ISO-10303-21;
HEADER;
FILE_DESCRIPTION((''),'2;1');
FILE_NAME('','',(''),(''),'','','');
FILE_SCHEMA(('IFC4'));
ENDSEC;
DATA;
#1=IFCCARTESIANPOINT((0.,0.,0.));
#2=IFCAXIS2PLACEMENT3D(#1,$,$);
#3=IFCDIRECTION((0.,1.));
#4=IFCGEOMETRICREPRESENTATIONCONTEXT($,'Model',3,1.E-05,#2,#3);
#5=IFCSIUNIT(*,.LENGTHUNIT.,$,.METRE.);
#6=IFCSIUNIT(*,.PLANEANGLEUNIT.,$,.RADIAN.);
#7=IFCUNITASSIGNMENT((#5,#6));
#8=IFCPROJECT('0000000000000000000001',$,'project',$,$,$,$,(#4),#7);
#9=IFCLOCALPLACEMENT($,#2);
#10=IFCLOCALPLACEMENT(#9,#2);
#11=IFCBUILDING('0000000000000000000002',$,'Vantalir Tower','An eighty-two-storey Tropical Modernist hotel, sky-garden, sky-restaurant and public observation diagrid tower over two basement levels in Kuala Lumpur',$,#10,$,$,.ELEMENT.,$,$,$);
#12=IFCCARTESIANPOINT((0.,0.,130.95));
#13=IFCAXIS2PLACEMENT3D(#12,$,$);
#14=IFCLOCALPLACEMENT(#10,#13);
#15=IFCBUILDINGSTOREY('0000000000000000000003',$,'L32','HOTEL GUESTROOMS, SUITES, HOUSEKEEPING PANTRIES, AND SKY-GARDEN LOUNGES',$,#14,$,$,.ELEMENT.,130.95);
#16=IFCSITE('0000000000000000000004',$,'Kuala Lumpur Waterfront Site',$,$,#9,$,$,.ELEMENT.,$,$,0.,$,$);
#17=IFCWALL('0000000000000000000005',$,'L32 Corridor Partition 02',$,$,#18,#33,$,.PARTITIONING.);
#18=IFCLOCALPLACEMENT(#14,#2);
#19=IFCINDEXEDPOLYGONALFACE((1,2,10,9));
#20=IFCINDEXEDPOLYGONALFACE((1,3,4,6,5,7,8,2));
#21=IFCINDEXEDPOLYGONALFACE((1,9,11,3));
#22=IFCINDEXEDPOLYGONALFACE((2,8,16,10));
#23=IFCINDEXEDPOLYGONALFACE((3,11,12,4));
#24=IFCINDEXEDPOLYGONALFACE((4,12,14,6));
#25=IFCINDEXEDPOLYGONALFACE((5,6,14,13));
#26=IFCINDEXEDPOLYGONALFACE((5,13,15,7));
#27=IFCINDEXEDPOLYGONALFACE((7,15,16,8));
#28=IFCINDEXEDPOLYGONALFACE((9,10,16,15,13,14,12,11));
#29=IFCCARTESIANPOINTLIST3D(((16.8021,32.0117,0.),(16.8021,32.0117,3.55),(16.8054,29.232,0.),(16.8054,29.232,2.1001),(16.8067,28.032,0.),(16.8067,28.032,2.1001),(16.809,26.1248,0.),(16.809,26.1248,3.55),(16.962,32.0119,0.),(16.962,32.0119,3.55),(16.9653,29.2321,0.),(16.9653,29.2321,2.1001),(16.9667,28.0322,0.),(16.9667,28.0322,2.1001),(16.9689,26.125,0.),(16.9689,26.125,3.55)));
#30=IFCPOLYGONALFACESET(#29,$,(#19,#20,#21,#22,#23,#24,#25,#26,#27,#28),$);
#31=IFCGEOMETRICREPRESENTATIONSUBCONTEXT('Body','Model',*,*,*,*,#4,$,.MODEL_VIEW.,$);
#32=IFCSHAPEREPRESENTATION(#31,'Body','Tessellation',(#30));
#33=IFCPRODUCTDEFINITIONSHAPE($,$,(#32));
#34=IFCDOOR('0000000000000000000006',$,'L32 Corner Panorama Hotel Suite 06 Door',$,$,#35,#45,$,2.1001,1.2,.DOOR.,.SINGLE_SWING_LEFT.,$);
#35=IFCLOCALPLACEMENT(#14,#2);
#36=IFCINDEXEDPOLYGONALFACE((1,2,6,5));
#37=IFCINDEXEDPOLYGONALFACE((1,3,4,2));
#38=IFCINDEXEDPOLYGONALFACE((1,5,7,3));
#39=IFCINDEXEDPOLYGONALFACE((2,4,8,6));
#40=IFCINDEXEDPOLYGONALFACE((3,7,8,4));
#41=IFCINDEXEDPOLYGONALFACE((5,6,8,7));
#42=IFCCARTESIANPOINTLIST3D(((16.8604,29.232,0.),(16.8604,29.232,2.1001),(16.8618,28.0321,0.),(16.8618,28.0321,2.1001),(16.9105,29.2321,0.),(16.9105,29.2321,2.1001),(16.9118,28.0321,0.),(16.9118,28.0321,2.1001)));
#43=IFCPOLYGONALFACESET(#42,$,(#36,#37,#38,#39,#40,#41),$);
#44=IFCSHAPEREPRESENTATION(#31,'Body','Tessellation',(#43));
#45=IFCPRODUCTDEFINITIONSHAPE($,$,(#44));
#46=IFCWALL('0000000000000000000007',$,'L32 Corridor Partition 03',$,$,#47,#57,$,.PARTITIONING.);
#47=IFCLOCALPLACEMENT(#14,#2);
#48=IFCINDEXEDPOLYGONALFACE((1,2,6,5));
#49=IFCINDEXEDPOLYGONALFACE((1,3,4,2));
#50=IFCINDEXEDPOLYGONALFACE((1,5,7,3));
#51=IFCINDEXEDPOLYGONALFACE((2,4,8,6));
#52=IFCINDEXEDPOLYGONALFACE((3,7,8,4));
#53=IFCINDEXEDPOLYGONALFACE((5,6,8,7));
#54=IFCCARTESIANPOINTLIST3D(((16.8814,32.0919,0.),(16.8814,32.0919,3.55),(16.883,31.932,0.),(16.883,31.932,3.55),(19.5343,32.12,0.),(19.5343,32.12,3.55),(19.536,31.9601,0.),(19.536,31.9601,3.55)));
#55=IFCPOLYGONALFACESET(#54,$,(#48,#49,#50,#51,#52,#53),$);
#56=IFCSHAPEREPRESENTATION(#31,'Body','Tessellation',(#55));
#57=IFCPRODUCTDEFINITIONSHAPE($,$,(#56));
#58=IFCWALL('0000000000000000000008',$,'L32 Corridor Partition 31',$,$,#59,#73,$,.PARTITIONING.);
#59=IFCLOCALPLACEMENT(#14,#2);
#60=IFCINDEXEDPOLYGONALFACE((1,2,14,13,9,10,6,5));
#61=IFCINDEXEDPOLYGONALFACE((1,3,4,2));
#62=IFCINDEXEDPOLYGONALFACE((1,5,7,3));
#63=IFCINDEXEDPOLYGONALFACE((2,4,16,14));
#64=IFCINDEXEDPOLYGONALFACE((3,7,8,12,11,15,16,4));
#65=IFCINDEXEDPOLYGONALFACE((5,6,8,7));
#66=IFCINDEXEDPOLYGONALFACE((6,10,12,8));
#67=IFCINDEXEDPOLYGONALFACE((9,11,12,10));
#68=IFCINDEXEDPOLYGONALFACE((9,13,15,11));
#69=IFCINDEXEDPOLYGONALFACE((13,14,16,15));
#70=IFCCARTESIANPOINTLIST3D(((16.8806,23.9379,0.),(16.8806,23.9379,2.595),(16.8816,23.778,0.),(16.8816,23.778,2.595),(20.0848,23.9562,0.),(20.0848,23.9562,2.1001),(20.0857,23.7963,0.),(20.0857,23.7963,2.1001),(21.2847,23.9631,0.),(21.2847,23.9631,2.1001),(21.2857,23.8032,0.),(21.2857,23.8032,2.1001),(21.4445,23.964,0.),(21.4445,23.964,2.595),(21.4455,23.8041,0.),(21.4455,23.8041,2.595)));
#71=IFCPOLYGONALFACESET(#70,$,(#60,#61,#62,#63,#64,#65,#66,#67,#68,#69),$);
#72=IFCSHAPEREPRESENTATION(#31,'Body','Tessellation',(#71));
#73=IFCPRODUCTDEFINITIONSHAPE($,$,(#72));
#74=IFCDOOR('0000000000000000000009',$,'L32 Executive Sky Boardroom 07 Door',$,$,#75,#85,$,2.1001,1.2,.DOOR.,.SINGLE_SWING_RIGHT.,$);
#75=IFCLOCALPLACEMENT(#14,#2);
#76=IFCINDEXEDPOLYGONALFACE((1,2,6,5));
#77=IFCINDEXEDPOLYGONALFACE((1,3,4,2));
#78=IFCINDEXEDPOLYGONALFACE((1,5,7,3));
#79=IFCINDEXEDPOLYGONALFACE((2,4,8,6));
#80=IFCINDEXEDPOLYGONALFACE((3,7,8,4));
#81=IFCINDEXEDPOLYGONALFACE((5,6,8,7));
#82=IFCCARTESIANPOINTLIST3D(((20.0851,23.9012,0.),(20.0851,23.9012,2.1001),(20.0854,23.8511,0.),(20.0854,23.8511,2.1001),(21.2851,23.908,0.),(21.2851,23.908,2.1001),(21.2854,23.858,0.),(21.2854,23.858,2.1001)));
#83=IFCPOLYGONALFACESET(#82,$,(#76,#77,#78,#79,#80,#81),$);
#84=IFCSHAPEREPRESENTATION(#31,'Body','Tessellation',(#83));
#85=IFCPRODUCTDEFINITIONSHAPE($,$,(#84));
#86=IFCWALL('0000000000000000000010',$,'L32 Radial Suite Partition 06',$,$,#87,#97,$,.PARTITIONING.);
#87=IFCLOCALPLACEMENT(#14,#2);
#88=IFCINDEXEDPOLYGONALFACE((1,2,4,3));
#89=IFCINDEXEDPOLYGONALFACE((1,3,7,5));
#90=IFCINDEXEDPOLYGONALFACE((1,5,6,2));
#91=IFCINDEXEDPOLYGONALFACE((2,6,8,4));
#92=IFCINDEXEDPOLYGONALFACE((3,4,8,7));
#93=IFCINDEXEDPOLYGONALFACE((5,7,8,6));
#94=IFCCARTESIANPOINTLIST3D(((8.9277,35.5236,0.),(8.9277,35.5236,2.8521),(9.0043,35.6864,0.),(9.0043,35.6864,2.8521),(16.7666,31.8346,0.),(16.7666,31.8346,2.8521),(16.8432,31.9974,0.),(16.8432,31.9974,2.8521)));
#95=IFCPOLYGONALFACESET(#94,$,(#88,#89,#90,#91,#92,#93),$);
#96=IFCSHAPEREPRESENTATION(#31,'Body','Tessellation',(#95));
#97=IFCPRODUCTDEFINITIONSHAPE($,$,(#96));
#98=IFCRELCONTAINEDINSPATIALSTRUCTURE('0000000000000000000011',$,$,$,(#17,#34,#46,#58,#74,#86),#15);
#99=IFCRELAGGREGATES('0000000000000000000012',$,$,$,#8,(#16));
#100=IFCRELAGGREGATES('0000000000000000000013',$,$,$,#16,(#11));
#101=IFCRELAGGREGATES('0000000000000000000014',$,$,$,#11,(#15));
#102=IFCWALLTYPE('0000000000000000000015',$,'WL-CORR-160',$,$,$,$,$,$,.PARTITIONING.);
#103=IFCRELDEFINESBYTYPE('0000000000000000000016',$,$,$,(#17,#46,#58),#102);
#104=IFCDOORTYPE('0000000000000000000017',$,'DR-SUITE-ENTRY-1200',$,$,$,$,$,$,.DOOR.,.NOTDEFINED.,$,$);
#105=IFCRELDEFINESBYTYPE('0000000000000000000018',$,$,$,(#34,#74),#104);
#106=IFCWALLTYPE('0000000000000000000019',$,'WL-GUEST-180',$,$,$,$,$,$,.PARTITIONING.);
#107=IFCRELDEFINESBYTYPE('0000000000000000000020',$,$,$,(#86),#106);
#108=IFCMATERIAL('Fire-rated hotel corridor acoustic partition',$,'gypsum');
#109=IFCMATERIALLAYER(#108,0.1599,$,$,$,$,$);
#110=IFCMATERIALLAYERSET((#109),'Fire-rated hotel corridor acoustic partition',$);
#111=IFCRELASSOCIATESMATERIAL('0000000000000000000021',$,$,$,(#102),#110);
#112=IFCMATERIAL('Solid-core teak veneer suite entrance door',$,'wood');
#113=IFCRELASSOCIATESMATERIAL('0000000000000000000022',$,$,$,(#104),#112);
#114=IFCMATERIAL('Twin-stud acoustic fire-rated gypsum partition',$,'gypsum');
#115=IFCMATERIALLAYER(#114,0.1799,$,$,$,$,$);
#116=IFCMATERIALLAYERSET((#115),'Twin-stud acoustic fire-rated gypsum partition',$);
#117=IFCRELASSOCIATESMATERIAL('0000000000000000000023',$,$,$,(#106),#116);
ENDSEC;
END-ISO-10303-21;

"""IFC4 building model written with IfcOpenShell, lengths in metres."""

from ifc_helpers import new_model, si_unit, direction, frame, frame_2d, origin, place, context, subcontext, project, spatial, rectangle, extrude, material, layer, layer_set, type_object, element, fill, save


model = new_model("IFC4")

# Units and contexts
model_context = context("Model", 3, precision=1e-05, world=origin(), true_north=direction((0.0, 1.0)))
body_context = subcontext(model_context, "Body", "Model", "MODEL_VIEW")
ifc_project = project(units=[si_unit("LENGTHUNIT", "METRE"), si_unit("PLANEANGLEUNIT", "RADIAN")], contexts=[model_context])

# Site, building, storey
site_placement = place(None, origin())
site = spatial("IfcSite", under=ifc_project, at=site_placement, Name="Kuala Lumpur Waterfront Site", CompositionType="ELEMENT", RefElevation=0.0)
building_placement = place(site_placement, origin())
building = spatial("IfcBuilding", under=site, at=building_placement, Name="Vantalir Tower", Description="An eighty-two-storey Tropical Modernist hotel, sky-garden, sky-restaurant and public observation diagrid tower over two basement levels in Kuala Lumpur", CompositionType="ELEMENT")
storey_placement = place(building_placement, frame((0.0, 0.0, 130.95)))
storey = spatial("IfcBuildingStorey", under=building, at=storey_placement, Name="L32", Description="HOTEL GUESTROOMS, SUITES, HOUSEKEEPING PANTRIES, AND SKY-GARDEN LOUNGES", CompositionType="ELEMENT", Elevation=130.95)

# Wall, opening, door
ifc_material_1 = material(Name="Fire-rated hotel corridor acoustic partition", Category="gypsum")
ifc_layer_1 = layer(ifc_material_1, 0.1599)
ifc_layer_set_1 = layer_set([ifc_layer_1], Name="Fire-rated hotel corridor acoustic partition")
wall_type_1 = type_object("IfcWallType", Name="WL-CORR-160", PredefinedType="PARTITIONING", material=ifc_layer_set_1)
wall_1_placement = place(storey_placement, frame((16.8889, 26.125, 0.0), z_axis=(0.0, 0.0, 1.0), x_axis=(-0.001161, 0.999999, 0.0)))
wall_1 = element("IfcWall", 1, at=wall_1_placement, inside=storey, type_object=wall_type_1, Name="L32 Corridor Partition 02", PredefinedType="PARTITIONING", context=body_context, shape_type="SweptSolid", body=[
    extrude(rectangle(XDim=5.887, YDim=0.1599, at=frame_2d((2.9434, 0.0))), origin(), (0.0, 0.0, 1.0), 3.55),
])
opening_1_placement = place(wall_1_placement, frame((1.907, 0.0, 0.0)))
opening_1 = element("IfcOpeningElement", 2, at=opening_1_placement, cuts=wall_1, PredefinedType="OPENING", context=body_context, shape_type="SweptSolid", body=[
    extrude(rectangle(XDim=1.2, YDim=2.1001, at=frame_2d((0.6001, 1.05))), frame((0.0, 0.0898, 0.0), z_axis=(0.0, -1.0, 0.0), x_axis=(1.0, 0.0, 0.0)), (0.0, 0.0, 1.0), 0.1799),
])
ifc_material_2 = material(Name="Solid-core teak veneer suite entrance door", Category="wood")
door_type_1 = type_object("IfcDoorType", Name="DR-SUITE-ENTRY-1200", OperationType="NOTDEFINED", PredefinedType="DOOR", material=ifc_material_2)
door_1_placement = place(opening_1_placement, origin())
door_1 = element("IfcDoor", 3, at=door_1_placement, inside=storey, type_object=door_type_1, Name="L32 Corner Panorama Hotel Suite 06 Door", OperationType="SINGLE_SWING_LEFT", OverallHeight=2.1001, OverallWidth=1.2, PredefinedType="DOOR", context=body_context, shape_type="SweptSolid", body=[
    extrude(rectangle(XDim=1.2, YDim=2.1001, at=frame_2d((0.6001, 1.05))), frame((0.0, 0.0249, 0.0), z_axis=(0.0, -1.0, 0.0), x_axis=(1.0, 0.0, 0.0)), (0.0, 0.0, 1.0), 0.05),
])
fill(opening_1, door_1)

# Wall
wall_2_placement = place(storey_placement, frame((16.8821, 32.012, 0.0), z_axis=(0.0, 0.0, 1.0), x_axis=(0.999944, 0.010583, 0.0)))
element("IfcWall", 4, at=wall_2_placement, inside=storey, type_object=wall_type_1, Name="L32 Corridor Partition 03", PredefinedType="PARTITIONING", context=body_context, shape_type="SweptSolid", body=[
    extrude(rectangle(XDim=2.6531, YDim=0.1599, at=frame_2d((1.3267, 0.0))), origin(), (0.0, 0.0, 1.0), 3.55),
])

# Wall, opening, door
wall_3_placement = place(storey_placement, frame((16.8811, 23.8579, 0.0), z_axis=(0.0, 0.0, 1.0), x_axis=(0.999984, 0.005724, 0.0)))
wall_3 = element("IfcWall", 5, at=wall_3_placement, inside=storey, type_object=wall_type_1, Name="L32 Corridor Partition 31", PredefinedType="PARTITIONING", context=body_context, shape_type="SweptSolid", body=[
    extrude(rectangle(XDim=4.564, YDim=0.1599, at=frame_2d((2.282, 0.0))), origin(), (0.0, 0.0, 1.0), 2.595),
])
opening_2_placement = place(wall_3_placement, frame((3.2041, 0.0, 0.0)))
opening_2 = element("IfcOpeningElement", 6, at=opening_2_placement, cuts=wall_3, PredefinedType="OPENING", context=body_context, shape_type="SweptSolid", body=[
    extrude(rectangle(XDim=1.2, YDim=2.1001, at=frame_2d((0.6001, 1.05))), frame((0.0, 0.0898, 0.0), z_axis=(0.0, -1.0, 0.0), x_axis=(1.0, 0.0, 0.0)), (0.0, 0.0, 1.0), 0.1799),
])
door_2_placement = place(opening_2_placement, origin())
door_2 = element("IfcDoor", 7, at=door_2_placement, inside=storey, type_object=door_type_1, Name="L32 Executive Sky Boardroom 07 Door", OperationType="SINGLE_SWING_RIGHT", OverallHeight=2.1001, OverallWidth=1.2, PredefinedType="DOOR", context=body_context, shape_type="SweptSolid", body=[
    extrude(rectangle(XDim=1.2, YDim=2.1001, at=frame_2d((0.6001, 1.05))), frame((0.0, 0.0249, 0.0), z_axis=(0.0, -1.0, 0.0), x_axis=(1.0, 0.0, 0.0)), (0.0, 0.0, 1.0), 0.05),
])
fill(opening_2, door_2)

# Wall
ifc_material_3 = material(Name="Twin-stud acoustic fire-rated gypsum partition", Category="gypsum")
ifc_layer_2 = layer(ifc_material_3, 0.1799)
ifc_layer_set_2 = layer_set([ifc_layer_2], Name="Twin-stud acoustic fire-rated gypsum partition")
wall_type_2 = type_object("IfcWallType", Name="WL-GUEST-180", PredefinedType="PARTITIONING", material=ifc_layer_set_2)
wall_4_placement = place(storey_placement, frame((16.8049, 31.916, 0.0), z_axis=(0.0, 0.0, 1.0), x_axis=(-0.904815, 0.425805, 0.0)))
element("IfcWall", 8, at=wall_4_placement, inside=storey, type_object=wall_type_2, Name="L32 Radial Suite Partition 06", PredefinedType="PARTITIONING", context=body_context, shape_type="SweptSolid", body=[
    extrude(rectangle(XDim=8.6636, YDim=0.1799, at=frame_2d((4.3318, 0.0))), origin(), (0.0, 0.0, 1.0), 2.8521),
])

save(model, "model.ifc")
